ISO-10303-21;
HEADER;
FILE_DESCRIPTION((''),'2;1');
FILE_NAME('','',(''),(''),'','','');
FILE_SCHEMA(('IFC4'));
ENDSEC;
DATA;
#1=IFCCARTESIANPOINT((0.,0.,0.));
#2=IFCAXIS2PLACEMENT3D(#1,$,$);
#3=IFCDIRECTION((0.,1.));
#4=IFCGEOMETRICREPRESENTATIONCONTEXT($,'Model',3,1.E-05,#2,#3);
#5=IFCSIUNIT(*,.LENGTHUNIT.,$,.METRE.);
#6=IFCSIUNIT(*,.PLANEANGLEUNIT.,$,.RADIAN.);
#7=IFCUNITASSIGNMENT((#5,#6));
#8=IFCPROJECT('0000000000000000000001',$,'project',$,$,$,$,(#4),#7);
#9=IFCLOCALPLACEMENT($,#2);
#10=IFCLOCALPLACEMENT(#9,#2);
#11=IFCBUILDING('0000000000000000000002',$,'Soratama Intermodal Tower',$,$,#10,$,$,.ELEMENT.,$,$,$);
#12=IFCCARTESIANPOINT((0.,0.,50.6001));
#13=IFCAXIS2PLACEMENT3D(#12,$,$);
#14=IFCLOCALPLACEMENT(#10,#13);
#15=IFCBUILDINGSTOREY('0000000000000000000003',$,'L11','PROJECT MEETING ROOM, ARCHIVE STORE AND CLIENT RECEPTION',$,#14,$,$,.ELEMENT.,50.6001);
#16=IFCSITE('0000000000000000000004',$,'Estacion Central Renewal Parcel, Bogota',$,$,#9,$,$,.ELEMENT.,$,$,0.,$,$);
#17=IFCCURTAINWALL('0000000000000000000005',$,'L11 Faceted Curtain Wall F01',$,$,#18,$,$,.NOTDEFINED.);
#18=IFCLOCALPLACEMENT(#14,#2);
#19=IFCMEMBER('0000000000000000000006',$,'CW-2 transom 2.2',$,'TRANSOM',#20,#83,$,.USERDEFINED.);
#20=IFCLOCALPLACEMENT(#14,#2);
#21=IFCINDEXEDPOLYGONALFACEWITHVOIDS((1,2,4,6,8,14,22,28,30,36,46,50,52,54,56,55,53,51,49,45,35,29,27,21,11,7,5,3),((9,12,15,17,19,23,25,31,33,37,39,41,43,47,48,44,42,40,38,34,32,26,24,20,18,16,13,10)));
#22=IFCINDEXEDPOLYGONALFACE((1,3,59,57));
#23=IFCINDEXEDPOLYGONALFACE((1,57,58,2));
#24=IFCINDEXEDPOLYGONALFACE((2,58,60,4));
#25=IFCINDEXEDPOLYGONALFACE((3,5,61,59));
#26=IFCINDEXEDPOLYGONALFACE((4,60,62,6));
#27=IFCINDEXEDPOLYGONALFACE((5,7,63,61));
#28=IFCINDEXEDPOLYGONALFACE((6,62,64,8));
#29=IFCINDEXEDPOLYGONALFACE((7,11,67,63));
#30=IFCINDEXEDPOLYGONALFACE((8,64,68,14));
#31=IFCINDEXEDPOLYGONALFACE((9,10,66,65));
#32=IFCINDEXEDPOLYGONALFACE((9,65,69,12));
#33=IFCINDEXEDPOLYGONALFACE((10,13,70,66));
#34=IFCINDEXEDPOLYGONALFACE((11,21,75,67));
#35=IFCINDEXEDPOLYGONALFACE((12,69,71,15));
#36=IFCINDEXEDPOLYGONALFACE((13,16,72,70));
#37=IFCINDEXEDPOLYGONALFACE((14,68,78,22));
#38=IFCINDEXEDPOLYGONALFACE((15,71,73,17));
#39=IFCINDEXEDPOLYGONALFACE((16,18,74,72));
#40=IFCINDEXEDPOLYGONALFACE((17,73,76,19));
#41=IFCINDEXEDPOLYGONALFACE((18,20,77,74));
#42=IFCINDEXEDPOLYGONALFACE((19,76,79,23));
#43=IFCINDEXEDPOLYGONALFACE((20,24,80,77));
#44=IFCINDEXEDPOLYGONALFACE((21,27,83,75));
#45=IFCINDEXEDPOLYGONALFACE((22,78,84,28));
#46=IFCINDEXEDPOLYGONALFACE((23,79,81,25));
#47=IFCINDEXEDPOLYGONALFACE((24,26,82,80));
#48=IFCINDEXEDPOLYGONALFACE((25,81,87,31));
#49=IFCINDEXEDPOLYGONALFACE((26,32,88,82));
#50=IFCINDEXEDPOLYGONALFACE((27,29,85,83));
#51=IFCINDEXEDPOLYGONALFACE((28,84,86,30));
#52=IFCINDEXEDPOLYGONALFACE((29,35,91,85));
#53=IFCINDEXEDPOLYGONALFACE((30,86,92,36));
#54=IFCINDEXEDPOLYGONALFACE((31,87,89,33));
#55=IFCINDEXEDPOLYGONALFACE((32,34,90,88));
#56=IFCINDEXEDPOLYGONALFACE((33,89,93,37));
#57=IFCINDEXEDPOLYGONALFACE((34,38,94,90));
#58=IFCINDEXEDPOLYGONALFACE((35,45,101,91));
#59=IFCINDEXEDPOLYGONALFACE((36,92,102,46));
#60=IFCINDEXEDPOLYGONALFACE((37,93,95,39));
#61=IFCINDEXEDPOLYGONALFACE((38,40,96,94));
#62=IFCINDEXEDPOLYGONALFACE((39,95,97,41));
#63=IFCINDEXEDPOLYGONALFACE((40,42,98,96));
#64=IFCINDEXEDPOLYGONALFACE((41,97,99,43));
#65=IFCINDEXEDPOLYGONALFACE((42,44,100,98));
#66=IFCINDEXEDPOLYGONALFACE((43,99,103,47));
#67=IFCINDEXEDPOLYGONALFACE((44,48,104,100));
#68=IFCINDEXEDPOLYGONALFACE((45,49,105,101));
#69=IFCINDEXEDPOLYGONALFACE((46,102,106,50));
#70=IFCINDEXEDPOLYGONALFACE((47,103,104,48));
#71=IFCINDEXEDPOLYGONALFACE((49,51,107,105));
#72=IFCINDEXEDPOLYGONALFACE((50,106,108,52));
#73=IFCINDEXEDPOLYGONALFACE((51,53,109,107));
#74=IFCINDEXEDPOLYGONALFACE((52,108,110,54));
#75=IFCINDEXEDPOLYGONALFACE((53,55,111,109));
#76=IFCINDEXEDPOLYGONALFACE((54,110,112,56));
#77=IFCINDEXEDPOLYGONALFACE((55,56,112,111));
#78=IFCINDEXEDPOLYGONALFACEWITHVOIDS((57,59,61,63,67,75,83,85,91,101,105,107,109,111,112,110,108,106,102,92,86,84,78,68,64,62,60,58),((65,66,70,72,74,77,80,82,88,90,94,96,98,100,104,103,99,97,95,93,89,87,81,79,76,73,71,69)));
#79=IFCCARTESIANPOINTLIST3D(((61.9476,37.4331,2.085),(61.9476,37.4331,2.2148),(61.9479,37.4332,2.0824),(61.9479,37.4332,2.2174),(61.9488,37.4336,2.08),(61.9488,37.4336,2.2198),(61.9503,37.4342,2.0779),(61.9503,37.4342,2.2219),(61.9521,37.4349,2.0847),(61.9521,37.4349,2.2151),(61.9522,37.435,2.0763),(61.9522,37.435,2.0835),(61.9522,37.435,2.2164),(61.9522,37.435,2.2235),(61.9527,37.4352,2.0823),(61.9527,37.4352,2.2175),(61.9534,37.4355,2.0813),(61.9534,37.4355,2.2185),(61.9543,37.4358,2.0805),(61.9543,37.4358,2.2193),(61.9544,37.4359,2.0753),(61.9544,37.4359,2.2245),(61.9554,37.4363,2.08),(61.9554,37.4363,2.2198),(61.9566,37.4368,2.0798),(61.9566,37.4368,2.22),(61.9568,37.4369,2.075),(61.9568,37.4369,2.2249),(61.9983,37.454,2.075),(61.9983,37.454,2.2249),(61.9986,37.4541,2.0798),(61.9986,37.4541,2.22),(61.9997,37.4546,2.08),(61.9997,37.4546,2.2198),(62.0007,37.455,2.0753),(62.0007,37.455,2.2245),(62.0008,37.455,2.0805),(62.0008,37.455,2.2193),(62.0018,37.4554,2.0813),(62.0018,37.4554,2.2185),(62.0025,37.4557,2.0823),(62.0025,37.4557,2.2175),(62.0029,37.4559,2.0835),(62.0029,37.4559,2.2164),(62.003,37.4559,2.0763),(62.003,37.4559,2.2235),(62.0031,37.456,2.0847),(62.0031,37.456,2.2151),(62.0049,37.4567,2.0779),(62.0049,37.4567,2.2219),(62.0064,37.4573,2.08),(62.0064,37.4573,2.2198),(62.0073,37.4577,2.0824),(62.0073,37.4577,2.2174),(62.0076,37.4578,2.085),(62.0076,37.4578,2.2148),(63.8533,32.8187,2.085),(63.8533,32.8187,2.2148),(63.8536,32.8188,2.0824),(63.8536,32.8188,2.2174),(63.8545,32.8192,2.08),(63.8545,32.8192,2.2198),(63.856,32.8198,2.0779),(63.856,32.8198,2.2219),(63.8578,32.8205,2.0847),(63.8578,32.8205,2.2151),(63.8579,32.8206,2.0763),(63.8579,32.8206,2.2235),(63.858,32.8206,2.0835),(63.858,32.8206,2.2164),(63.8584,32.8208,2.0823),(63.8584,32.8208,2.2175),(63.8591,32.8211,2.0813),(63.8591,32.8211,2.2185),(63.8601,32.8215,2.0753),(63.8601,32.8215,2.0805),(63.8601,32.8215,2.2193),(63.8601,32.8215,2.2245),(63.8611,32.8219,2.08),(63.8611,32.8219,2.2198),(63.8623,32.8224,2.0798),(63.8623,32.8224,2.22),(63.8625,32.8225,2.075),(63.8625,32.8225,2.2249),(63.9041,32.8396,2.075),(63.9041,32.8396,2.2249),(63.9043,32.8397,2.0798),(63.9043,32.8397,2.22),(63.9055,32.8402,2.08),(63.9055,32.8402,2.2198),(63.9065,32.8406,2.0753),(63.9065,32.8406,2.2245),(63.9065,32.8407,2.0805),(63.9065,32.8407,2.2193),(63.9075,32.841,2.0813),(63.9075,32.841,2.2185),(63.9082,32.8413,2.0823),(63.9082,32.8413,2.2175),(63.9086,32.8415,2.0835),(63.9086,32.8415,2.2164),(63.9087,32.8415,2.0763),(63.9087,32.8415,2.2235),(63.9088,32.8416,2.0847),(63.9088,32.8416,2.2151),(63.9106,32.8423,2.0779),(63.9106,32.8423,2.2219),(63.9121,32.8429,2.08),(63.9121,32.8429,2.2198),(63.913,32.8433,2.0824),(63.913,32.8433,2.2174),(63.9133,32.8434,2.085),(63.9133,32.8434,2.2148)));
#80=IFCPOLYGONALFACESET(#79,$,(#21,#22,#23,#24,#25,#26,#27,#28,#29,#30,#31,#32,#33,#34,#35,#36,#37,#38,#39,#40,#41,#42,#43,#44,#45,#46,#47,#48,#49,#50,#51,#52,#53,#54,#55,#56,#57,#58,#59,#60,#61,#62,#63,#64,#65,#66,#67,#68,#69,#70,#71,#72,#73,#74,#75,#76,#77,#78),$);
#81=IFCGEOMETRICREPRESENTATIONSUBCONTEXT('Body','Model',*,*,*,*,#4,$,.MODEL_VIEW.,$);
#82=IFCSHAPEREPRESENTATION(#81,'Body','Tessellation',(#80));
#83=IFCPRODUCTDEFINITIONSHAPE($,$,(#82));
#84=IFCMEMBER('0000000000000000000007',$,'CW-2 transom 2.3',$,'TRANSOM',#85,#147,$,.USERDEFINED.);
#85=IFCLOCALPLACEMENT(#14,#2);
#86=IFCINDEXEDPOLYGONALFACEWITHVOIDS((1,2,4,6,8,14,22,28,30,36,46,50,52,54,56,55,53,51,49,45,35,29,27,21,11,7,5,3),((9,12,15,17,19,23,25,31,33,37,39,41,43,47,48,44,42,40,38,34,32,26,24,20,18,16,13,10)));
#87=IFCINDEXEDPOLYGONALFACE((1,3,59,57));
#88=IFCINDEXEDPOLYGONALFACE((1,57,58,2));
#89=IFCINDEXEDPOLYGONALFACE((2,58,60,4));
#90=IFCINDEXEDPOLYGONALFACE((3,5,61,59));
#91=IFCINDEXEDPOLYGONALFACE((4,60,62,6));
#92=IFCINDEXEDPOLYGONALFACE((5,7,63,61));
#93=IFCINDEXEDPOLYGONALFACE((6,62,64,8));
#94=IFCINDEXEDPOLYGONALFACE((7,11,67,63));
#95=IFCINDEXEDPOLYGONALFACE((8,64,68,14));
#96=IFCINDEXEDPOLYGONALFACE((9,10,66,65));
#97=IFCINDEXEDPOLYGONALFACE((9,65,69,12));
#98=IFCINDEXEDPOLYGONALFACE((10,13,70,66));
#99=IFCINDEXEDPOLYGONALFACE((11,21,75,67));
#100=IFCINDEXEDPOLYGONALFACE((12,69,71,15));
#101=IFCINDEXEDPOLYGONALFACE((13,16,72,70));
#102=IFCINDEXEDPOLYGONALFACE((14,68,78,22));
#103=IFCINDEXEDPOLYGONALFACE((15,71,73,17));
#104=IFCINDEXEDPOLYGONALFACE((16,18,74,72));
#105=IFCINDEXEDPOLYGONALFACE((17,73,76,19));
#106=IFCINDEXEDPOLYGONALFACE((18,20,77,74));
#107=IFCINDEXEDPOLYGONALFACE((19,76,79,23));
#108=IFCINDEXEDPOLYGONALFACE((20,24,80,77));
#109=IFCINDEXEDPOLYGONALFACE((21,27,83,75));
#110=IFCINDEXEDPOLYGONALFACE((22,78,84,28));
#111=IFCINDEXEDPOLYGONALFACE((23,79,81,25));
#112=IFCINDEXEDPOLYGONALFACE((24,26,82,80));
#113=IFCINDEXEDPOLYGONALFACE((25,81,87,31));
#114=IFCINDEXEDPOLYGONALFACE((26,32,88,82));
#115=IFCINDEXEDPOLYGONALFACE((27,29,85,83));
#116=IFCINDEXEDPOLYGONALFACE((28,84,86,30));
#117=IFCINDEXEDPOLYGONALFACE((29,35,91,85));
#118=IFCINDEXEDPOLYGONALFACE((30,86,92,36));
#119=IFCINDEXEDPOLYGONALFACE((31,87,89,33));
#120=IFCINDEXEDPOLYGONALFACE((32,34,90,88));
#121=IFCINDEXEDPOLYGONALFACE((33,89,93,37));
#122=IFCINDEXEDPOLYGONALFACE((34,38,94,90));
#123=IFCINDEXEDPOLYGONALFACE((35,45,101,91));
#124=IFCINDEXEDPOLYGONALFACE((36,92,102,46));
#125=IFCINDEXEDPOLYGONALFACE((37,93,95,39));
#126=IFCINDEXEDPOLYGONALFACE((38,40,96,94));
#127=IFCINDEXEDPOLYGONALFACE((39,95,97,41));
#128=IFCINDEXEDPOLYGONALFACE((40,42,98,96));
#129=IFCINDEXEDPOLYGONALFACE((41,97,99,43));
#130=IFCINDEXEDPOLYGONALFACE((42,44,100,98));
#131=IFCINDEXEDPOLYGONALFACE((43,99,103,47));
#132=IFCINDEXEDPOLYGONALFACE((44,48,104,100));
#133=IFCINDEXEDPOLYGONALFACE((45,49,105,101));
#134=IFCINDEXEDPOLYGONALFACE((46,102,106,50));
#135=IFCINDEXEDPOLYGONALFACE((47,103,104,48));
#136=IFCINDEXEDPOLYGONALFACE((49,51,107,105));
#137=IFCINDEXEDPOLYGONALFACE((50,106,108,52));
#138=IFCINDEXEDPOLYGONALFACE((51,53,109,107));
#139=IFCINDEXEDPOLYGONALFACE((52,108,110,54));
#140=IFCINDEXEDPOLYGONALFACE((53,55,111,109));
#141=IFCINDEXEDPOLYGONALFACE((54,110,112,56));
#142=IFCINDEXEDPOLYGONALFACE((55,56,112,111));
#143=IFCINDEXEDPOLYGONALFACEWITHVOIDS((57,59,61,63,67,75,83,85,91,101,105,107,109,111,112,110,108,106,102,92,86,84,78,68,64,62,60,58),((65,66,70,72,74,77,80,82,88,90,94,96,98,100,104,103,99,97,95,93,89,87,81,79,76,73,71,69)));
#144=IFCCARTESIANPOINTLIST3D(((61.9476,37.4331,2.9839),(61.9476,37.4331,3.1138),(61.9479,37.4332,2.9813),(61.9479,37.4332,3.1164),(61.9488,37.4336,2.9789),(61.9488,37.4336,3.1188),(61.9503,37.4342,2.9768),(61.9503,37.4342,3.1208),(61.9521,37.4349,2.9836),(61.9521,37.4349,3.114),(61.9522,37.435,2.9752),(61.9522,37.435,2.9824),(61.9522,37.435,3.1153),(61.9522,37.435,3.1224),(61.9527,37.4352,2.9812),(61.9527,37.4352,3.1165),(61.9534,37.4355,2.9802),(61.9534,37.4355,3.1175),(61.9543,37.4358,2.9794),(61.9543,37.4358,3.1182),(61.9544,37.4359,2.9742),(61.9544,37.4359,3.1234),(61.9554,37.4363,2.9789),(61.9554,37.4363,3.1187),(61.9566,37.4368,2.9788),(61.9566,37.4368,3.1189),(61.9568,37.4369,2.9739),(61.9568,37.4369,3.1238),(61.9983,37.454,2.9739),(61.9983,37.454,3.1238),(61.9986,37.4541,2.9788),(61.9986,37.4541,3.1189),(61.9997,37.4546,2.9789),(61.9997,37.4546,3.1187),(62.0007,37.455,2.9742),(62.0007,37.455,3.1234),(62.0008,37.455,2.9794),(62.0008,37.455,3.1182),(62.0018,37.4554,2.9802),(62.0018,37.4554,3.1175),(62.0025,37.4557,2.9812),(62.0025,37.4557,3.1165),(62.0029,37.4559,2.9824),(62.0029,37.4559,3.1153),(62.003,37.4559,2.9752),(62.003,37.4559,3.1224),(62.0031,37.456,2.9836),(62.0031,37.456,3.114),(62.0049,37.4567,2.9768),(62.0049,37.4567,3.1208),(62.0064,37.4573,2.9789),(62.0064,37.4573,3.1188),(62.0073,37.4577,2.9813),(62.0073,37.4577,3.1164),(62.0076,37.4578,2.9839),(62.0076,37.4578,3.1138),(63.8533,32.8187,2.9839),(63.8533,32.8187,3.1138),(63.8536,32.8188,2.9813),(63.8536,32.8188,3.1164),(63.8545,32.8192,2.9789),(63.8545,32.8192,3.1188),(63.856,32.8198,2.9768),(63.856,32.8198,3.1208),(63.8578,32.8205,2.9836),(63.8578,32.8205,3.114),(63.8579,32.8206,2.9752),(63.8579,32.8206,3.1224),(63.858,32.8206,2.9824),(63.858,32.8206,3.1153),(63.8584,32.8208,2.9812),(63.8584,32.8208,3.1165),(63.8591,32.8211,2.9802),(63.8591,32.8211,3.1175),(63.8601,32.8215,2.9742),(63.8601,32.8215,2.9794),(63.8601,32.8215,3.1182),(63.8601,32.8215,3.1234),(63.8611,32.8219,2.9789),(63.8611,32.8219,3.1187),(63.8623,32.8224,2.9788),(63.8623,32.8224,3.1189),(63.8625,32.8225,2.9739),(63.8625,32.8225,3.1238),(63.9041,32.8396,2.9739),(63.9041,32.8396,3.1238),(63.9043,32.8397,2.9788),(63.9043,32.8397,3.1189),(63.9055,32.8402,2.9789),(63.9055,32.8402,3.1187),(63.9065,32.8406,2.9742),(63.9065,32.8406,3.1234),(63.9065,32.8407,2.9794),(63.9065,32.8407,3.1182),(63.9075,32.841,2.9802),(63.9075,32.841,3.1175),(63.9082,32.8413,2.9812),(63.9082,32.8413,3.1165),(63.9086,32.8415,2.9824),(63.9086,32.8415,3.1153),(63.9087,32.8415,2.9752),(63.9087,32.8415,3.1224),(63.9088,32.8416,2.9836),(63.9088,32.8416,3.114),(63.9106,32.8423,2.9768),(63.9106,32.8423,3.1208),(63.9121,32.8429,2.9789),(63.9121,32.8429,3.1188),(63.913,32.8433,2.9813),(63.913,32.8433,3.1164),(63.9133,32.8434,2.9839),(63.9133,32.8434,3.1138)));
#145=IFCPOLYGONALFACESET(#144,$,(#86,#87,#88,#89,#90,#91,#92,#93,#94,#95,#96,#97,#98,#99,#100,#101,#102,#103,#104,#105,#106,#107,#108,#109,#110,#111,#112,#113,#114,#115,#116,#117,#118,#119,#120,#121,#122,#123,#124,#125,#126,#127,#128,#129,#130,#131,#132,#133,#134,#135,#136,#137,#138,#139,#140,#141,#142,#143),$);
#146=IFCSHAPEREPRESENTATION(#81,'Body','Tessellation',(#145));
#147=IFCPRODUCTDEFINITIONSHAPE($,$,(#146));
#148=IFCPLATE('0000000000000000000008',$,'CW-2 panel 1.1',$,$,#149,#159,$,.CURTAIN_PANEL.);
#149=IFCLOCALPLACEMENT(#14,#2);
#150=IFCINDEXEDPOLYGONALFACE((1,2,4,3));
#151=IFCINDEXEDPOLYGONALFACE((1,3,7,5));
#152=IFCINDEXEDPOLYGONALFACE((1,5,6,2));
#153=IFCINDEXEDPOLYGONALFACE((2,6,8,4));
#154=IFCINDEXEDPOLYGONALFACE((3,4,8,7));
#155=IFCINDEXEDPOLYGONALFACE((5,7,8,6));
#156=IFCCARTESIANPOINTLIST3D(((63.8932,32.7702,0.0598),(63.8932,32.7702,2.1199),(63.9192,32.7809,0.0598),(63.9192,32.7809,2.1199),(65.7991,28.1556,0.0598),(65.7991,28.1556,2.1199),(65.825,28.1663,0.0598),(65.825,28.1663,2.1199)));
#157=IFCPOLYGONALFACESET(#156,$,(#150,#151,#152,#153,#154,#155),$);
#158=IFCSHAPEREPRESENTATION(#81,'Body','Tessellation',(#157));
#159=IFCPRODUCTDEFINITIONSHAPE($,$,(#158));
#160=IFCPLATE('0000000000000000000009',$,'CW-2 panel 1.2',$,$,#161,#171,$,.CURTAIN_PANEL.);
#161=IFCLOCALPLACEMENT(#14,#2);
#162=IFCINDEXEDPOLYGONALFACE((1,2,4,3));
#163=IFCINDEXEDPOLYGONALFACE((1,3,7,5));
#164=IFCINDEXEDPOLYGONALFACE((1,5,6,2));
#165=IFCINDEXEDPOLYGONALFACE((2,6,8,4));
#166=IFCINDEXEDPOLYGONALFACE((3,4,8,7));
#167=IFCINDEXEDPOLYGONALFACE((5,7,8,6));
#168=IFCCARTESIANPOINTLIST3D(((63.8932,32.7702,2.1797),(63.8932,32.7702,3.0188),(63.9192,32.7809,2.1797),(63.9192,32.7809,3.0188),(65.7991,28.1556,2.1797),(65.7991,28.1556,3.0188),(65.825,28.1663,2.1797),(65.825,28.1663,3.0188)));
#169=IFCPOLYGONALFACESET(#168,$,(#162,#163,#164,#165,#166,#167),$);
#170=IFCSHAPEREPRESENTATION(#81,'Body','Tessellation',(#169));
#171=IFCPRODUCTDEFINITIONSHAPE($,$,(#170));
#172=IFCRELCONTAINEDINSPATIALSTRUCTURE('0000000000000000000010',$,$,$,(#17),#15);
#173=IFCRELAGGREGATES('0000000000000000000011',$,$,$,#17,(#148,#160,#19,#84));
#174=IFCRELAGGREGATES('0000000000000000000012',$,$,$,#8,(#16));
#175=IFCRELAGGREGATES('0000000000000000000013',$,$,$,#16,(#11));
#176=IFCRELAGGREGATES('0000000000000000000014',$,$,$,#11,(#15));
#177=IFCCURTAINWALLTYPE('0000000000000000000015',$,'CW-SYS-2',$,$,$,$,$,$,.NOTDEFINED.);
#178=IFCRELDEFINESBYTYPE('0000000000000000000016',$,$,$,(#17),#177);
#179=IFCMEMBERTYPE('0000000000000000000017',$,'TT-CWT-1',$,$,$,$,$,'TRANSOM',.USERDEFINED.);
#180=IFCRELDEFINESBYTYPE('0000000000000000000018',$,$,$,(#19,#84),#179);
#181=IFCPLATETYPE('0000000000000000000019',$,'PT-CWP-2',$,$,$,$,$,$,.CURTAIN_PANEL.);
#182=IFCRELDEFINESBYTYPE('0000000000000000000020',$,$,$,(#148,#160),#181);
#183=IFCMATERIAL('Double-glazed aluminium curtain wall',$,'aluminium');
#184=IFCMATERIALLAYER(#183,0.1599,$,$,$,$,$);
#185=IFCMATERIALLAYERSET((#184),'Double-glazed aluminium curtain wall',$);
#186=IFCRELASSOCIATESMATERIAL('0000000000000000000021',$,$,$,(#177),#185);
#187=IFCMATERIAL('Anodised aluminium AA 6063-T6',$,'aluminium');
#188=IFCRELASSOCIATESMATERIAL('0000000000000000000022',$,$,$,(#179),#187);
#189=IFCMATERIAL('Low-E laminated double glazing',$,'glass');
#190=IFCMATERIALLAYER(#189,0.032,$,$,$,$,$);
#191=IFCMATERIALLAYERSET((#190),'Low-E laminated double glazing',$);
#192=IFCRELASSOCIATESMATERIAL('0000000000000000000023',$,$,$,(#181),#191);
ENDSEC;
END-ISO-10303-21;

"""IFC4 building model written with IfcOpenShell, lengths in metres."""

from ifc_helpers import new_model, si_unit, direction, frame, origin, origin_2d, place, context, subcontext, project, spatial, rectangle, hollow_rectangle, extrude, material, layer, layer_set, material_profile, profile_set, type_object, element, aggregate, save


model = new_model("IFC4")

# Units and contexts
model_context = context("Model", 3, precision=1e-05, world=origin(), true_north=direction((0.0, 1.0)))
body_context = subcontext(model_context, "Body", "Model", "MODEL_VIEW")
ifc_project = project(units=[si_unit("LENGTHUNIT", "METRE"), si_unit("PLANEANGLEUNIT", "RADIAN")], contexts=[model_context])

# Site, building, storey
site_placement = place(None, origin())
site = spatial("IfcSite", under=ifc_project, at=site_placement, Name="Estacion Central Renewal Parcel, Bogota", CompositionType="ELEMENT", RefElevation=0.0)
building_placement = place(site_placement, origin())
building = spatial("IfcBuilding", under=site, at=building_placement, Name="Soratama Intermodal Tower", CompositionType="ELEMENT")
storey_placement = place(building_placement, frame((0.0, 0.0, 50.6001)))
storey = spatial("IfcBuildingStorey", under=building, at=storey_placement, Name="L11", Description="PROJECT MEETING ROOM, ARCHIVE STORE AND CLIENT RECEPTION", CompositionType="ELEMENT", Elevation=50.6001)

# Curtain wall, members, plates
ifc_material_1 = material(Name="Double-glazed aluminium curtain wall", Category="aluminium")
ifc_layer_1 = layer(ifc_material_1, 0.1599)
ifc_layer_set_1 = layer_set([ifc_layer_1], Name="Double-glazed aluminium curtain wall")
curtain_wall_type = type_object("IfcCurtainWallType", Name="CW-SYS-2", PredefinedType="NOTDEFINED", material=ifc_layer_set_1)
curtain_wall_placement = place(storey_placement, origin())
curtain_wall = element("IfcCurtainWall", 1, at=curtain_wall_placement, inside=storey, type_object=curtain_wall_type, Name="L11 Faceted Curtain Wall F01", PredefinedType="NOTDEFINED")
ifc_material_2 = material(Name="Anodised aluminium AA 6063-T6", Category="aluminium")
ifc_material_profile_1 = material_profile(ifc_material_2, hollow_rectangle(XDim=0.0649, YDim=0.1499, WallThickness=0.0049, InnerFilletRadius=0.0049, OuterFilletRadius=0.01, at=origin_2d()), Name="CWT150X65X5")
ifc_profile_set_1 = profile_set([ifc_material_profile_1], Name="Anodised aluminium AA 6063-T6")
member_type_1 = type_object("IfcMemberType", Name="TT-CWT-1", ElementType="TRANSOM", PredefinedType="USERDEFINED", material=ifc_profile_set_1)
member_1_placement = place(storey_placement, frame((63.8833, 32.8311, 2.1499), z_axis=(-0.381721, 0.924278, 0.0), x_axis=(-0.924278, -0.381721, 0.0)))
member_1 = element("IfcMember", 2, at=member_1_placement, type_object=member_type_1, Name="CW-2 transom 2.2", ObjectType="TRANSOM", PredefinedType="USERDEFINED", context=body_context, shape_type="SweptSolid", body=[
    extrude(hollow_rectangle(XDim=0.0649, YDim=0.1499, WallThickness=0.0049, InnerFilletRadius=0.0049, OuterFilletRadius=0.01, at=origin_2d()), origin(), (0.0, 0.0, 1.0), 4.9924),
])
member_2_placement = place(storey_placement, frame((63.8833, 32.8311, 3.0488), z_axis=(-0.381721, 0.924278, 0.0), x_axis=(-0.924278, -0.381721, 0.0)))
member_2 = element("IfcMember", 3, at=member_2_placement, type_object=member_type_1, Name="CW-2 transom 2.3", ObjectType="TRANSOM", PredefinedType="USERDEFINED", context=body_context, shape_type="SweptSolid", body=[
    extrude(hollow_rectangle(XDim=0.0649, YDim=0.1499, WallThickness=0.0049, InnerFilletRadius=0.0049, OuterFilletRadius=0.01, at=origin_2d()), origin(), (0.0, 0.0, 1.0), 4.9924),
])
ifc_material_3 = material(Name="Low-E laminated double glazing", Category="glass")
ifc_layer_2 = layer(ifc_material_3, 0.032)
ifc_layer_set_2 = layer_set([ifc_layer_2], Name="Low-E laminated double glazing")
plate_type = type_object("IfcPlateType", Name="PT-CWP-2", PredefinedType="CURTAIN_PANEL", material=ifc_layer_set_2)
plate_1_placement = place(storey_placement, frame((64.8591, 30.4683, 0.0598), z_axis=(0.0, 0.0, 1.0), x_axis=(-0.381722, 0.924277, 0.0)))
plate_1 = element("IfcPlate", 4, at=plate_1_placement, type_object=plate_type, Name="CW-2 panel 1.1", PredefinedType="CURTAIN_PANEL", context=body_context, shape_type="SweptSolid", body=[
    extrude(rectangle(XDim=4.9927, YDim=0.0281, at=origin_2d()), origin(), (0.0, 0.0, 1.0), 2.0601),
])
plate_2_placement = place(storey_placement, frame((64.8591, 30.4683, 2.1797), z_axis=(0.0, 0.0, 1.0), x_axis=(-0.381722, 0.924277, 0.0)))
plate_2 = element("IfcPlate", 5, at=plate_2_placement, type_object=plate_type, Name="CW-2 panel 1.2", PredefinedType="CURTAIN_PANEL", context=body_context, shape_type="SweptSolid", body=[
    extrude(rectangle(XDim=4.9927, YDim=0.0281, at=origin_2d()), origin(), (0.0, 0.0, 1.0), 0.8391),
])
aggregate(curtain_wall, [plate_1, plate_2, member_1, member_2])

save(model, "model.ifc")
